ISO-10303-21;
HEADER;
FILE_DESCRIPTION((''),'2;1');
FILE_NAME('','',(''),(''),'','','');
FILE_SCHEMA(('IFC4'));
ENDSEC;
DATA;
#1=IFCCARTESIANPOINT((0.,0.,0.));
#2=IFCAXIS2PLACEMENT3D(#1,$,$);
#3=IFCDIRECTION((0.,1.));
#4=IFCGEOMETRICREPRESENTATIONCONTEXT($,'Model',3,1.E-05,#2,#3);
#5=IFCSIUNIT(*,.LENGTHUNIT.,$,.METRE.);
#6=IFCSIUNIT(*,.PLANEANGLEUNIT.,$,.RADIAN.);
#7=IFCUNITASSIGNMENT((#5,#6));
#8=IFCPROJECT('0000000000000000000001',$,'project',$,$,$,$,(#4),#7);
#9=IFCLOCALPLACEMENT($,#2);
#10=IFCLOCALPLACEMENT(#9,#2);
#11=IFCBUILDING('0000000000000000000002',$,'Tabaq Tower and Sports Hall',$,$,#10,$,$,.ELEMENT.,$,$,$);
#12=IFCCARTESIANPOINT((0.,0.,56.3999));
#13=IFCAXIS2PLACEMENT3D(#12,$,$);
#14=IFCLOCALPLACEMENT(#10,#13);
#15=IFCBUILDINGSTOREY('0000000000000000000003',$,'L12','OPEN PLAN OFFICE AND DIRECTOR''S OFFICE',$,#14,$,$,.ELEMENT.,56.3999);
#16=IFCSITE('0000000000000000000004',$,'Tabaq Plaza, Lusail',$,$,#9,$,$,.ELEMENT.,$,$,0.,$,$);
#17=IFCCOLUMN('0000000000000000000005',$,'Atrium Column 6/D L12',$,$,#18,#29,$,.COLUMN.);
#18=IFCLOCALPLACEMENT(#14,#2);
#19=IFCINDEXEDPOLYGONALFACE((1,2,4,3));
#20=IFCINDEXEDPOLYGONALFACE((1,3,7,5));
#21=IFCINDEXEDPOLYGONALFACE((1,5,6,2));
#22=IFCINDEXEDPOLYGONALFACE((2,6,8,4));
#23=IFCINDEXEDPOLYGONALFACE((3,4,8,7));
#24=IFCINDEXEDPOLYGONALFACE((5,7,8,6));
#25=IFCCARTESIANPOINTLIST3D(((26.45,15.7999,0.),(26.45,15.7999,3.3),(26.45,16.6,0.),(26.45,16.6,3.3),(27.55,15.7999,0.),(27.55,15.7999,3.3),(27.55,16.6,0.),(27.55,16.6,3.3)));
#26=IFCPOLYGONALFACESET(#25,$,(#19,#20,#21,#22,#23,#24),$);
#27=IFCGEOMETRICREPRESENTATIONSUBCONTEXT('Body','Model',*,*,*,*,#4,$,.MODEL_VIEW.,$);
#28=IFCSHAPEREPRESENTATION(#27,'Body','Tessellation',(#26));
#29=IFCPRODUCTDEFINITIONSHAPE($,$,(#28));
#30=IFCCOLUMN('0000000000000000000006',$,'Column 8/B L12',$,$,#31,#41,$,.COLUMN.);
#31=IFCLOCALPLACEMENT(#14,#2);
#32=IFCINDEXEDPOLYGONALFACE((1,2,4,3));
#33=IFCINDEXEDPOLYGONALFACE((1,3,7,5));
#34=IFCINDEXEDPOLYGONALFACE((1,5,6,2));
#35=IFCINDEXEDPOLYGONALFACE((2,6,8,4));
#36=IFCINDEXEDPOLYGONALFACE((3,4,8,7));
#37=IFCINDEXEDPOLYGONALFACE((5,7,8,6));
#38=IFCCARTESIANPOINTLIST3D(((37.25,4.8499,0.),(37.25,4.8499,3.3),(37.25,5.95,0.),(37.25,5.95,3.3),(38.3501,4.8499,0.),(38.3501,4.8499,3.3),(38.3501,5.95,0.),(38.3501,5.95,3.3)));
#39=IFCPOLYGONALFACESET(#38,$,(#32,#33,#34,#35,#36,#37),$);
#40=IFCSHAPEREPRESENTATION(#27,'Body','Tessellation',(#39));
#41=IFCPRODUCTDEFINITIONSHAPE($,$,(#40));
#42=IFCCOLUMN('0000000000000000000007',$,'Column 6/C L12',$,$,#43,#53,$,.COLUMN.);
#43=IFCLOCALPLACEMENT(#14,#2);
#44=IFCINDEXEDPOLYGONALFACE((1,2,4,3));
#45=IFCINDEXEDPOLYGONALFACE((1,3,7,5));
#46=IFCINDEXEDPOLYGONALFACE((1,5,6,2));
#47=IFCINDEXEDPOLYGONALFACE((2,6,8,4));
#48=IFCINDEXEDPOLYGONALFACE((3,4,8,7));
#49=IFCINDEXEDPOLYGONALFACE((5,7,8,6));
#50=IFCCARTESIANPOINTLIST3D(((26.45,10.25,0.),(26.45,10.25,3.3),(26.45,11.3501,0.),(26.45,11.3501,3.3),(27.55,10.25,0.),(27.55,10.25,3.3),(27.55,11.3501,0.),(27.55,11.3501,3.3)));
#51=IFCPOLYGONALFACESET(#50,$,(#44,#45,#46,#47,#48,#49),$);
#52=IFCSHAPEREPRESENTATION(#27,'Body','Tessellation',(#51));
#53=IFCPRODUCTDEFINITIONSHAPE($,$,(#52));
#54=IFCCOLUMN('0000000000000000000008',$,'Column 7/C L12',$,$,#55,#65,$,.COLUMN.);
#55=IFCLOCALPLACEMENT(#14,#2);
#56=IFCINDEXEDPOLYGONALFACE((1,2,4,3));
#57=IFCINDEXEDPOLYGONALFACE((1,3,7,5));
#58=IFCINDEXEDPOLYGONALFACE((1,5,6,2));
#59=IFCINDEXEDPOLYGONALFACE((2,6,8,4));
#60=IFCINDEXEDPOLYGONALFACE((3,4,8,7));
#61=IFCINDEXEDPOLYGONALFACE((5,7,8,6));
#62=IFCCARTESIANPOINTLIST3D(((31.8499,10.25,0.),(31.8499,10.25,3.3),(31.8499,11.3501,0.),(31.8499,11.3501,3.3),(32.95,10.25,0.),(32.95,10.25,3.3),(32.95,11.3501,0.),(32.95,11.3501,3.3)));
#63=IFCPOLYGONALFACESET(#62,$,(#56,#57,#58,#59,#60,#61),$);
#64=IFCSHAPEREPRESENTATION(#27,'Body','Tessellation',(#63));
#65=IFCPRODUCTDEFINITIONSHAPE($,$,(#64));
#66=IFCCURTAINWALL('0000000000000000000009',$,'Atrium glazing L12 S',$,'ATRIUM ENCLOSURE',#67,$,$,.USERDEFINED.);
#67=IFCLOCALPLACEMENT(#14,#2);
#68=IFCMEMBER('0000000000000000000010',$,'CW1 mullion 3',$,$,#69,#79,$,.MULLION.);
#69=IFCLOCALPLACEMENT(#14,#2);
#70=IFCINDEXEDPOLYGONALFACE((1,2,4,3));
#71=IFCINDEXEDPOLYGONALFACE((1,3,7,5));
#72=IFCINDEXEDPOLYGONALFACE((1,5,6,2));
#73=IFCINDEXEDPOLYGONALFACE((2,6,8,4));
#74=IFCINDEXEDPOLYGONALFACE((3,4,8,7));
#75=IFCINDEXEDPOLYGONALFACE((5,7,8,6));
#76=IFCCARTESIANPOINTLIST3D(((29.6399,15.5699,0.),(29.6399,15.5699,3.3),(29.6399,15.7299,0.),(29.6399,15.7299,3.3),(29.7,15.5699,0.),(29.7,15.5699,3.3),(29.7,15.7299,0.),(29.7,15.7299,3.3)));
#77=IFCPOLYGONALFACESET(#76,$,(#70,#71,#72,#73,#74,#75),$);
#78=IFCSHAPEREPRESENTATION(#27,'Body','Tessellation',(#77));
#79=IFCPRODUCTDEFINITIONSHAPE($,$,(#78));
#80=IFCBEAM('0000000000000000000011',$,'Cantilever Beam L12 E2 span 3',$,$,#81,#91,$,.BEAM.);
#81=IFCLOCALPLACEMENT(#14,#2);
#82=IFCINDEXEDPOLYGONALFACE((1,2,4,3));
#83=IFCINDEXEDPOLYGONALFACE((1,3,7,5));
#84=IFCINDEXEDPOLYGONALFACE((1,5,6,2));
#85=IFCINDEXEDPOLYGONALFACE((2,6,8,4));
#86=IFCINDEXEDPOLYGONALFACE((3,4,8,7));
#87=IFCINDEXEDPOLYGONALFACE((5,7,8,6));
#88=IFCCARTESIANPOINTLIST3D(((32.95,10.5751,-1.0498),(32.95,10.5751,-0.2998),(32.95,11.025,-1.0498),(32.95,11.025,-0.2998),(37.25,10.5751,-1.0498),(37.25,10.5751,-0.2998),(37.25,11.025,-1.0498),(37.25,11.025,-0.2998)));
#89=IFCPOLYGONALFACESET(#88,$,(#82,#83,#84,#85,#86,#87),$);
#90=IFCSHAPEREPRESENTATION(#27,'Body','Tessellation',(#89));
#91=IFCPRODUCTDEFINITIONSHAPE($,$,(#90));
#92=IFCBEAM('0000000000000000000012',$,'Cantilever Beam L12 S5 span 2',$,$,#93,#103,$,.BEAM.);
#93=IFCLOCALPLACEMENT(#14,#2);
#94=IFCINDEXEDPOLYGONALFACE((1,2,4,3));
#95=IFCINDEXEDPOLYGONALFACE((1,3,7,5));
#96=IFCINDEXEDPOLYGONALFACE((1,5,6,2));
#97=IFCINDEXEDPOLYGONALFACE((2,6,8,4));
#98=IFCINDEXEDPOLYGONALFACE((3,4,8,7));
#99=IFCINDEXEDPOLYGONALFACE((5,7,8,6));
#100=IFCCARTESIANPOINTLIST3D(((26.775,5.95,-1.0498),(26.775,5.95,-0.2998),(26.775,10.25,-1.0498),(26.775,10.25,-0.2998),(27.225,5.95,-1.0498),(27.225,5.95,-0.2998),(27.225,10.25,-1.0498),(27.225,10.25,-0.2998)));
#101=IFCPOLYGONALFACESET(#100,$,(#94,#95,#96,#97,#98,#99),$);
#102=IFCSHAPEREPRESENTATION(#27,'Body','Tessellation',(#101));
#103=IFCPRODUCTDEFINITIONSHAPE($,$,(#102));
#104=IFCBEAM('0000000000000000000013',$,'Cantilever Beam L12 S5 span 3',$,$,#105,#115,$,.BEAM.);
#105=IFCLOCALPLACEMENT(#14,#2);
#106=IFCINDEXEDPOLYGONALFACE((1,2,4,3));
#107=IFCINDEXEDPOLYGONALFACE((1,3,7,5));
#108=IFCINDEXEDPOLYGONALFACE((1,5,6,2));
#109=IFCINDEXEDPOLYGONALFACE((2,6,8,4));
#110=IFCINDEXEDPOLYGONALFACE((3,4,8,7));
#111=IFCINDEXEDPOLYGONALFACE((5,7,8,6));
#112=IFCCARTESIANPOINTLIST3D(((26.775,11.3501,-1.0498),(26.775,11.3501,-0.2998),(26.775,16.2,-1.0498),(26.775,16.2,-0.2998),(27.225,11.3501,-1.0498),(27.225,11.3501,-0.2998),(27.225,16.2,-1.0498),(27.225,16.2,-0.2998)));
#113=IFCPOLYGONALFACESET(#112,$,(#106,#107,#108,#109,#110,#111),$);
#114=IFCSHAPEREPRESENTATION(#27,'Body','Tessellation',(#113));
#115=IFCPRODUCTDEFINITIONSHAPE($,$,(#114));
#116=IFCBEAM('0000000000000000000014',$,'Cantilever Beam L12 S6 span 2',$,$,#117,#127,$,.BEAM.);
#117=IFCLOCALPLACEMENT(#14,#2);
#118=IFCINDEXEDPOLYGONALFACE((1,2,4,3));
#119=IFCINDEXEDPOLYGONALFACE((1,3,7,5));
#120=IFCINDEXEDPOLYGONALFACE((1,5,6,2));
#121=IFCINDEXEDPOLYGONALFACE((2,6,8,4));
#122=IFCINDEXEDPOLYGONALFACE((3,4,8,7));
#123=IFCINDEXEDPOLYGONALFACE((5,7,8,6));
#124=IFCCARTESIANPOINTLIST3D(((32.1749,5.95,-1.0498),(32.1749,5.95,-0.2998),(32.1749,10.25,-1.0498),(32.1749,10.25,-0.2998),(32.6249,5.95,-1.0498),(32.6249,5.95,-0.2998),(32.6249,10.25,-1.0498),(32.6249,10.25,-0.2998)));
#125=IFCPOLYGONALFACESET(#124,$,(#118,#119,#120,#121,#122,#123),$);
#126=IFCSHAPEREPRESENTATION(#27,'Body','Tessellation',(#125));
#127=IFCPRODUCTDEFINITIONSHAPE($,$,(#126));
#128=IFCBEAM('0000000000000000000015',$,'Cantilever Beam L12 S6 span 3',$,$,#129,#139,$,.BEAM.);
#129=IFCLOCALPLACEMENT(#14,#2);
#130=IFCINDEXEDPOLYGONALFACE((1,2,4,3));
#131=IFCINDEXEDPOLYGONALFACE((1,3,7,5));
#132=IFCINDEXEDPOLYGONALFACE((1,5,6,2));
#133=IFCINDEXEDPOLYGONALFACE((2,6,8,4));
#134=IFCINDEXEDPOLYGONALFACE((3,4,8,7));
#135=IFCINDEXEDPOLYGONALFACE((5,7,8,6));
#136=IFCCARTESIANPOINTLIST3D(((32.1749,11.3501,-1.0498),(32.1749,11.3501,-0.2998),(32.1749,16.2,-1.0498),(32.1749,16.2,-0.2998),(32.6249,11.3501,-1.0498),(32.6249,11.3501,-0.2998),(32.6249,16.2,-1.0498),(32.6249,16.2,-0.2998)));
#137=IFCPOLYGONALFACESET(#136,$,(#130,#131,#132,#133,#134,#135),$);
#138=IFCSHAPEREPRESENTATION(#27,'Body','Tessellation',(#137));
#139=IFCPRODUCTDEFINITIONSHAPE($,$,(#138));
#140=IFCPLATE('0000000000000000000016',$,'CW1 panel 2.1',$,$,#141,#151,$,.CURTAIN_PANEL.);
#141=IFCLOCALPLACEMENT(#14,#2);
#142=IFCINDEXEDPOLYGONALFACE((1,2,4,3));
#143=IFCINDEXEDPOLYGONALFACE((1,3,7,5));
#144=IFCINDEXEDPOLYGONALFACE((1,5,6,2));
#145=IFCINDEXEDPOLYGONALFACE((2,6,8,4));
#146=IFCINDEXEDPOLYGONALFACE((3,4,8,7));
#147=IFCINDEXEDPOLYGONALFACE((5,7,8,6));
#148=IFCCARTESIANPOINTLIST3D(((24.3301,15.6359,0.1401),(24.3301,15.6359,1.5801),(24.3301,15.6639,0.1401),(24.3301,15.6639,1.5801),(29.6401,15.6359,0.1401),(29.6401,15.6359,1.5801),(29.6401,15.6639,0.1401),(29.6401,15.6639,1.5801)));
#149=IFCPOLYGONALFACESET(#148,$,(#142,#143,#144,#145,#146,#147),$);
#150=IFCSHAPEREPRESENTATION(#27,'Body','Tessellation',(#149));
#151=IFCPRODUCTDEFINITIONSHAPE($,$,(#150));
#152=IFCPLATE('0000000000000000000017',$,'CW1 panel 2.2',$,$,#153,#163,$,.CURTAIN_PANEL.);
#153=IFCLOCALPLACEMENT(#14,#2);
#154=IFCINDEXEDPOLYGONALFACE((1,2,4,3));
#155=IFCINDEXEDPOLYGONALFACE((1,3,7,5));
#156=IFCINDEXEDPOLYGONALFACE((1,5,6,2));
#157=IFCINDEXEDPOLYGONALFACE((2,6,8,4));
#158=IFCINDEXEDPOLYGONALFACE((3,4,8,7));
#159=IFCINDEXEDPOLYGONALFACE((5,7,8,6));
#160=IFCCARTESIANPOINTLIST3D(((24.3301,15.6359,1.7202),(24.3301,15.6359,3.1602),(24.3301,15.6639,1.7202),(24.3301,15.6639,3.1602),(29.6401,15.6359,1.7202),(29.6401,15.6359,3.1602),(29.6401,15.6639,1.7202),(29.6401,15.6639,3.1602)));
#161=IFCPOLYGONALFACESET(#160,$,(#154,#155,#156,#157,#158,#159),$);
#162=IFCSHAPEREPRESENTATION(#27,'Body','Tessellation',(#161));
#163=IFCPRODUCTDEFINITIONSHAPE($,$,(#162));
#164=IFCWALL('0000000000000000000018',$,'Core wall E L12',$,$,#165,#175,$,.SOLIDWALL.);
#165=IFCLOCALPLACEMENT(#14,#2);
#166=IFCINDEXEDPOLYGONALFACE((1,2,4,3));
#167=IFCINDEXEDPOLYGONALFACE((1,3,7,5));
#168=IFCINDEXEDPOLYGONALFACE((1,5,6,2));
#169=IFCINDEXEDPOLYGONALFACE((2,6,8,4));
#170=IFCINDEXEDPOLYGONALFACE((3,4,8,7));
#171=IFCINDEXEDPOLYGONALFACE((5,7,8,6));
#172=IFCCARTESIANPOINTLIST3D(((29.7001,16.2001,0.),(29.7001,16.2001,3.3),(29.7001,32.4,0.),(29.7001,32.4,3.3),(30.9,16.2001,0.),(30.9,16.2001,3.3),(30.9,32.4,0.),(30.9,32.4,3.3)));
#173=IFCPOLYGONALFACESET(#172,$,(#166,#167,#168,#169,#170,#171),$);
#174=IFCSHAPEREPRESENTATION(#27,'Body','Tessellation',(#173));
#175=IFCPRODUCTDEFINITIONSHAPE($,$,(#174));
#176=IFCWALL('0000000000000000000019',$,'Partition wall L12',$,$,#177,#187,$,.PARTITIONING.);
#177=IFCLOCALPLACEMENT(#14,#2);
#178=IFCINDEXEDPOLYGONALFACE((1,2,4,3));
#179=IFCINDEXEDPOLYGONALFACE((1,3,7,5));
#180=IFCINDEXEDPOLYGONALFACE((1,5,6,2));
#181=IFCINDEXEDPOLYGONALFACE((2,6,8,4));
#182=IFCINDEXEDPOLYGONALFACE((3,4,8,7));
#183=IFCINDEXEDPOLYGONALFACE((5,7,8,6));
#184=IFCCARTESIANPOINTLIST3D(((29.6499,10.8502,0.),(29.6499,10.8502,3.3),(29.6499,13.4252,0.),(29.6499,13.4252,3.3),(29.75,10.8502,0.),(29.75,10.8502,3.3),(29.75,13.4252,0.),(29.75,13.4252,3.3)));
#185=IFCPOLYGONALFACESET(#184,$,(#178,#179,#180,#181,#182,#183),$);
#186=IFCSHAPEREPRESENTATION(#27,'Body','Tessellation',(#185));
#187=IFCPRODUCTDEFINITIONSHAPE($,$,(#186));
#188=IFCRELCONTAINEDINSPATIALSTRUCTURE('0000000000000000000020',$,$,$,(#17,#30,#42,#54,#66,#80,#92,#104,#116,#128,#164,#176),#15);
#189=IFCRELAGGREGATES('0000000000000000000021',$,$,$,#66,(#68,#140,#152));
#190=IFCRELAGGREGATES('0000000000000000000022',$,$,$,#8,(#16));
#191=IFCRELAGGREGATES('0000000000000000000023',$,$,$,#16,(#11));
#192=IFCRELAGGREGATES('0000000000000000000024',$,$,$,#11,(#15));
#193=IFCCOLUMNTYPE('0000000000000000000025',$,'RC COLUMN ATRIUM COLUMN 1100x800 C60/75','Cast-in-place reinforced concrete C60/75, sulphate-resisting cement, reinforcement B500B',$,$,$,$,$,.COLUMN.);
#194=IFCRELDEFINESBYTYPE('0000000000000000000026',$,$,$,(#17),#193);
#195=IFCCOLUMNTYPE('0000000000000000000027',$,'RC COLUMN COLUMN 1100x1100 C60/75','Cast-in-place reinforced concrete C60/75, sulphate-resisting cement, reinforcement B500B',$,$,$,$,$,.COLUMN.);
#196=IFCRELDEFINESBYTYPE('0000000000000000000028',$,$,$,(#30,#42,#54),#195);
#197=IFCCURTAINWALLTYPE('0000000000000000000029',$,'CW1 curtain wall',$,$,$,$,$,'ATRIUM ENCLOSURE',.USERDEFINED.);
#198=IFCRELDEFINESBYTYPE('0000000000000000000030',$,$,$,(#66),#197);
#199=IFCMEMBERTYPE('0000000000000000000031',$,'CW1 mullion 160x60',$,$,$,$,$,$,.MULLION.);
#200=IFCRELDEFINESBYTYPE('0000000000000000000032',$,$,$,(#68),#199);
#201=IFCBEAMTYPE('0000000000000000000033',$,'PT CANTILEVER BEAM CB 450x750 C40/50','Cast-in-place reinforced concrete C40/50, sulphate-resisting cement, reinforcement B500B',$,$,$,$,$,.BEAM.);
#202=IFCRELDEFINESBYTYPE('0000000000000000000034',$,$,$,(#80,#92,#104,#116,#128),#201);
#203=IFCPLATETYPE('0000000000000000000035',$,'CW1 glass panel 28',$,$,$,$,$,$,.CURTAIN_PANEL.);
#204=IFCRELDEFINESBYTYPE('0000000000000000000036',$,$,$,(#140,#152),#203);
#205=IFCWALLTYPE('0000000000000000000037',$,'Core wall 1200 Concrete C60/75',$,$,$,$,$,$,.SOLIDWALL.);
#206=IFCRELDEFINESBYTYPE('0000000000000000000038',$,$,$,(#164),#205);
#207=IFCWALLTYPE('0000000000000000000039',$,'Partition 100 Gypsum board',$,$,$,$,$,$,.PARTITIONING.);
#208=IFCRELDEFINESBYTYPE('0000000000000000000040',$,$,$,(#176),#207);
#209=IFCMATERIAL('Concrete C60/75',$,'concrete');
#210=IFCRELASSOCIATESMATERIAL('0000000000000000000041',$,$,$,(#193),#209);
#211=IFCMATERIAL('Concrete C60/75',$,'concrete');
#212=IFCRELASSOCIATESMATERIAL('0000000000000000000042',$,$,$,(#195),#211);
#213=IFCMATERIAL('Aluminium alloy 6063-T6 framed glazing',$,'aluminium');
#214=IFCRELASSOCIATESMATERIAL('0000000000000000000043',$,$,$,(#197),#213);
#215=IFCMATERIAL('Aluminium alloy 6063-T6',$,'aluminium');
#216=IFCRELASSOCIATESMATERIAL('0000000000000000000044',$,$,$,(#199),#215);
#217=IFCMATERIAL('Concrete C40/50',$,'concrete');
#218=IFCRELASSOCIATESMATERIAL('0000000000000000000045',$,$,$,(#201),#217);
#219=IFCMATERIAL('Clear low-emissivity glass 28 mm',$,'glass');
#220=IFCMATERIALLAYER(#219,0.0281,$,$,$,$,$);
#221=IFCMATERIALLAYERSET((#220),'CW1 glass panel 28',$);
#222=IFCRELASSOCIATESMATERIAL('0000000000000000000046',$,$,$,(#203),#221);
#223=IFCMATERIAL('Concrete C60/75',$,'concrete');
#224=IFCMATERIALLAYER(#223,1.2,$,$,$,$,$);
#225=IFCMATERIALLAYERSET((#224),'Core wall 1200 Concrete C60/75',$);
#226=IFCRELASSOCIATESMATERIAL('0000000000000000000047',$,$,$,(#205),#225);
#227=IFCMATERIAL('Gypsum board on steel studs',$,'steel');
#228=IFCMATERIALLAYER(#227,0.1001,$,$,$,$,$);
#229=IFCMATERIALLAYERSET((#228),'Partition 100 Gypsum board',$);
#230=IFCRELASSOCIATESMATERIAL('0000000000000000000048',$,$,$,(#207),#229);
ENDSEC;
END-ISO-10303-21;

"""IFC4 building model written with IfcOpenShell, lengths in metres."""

from ifc_helpers import new_model, si_unit, direction, frame, frame_2d, origin, origin_2d, place, context, subcontext, project, spatial, rectangle, extrude, material, layer, layer_set, material_profile, profile_set, type_object, element, aggregate, save


model = new_model("IFC4")

# Units and contexts
model_context = context("Model", 3, precision=1e-05, world=origin(), true_north=direction((0.0, 1.0)))
body_context = subcontext(model_context, "Body", "Model", "MODEL_VIEW")
ifc_project = project(units=[si_unit("LENGTHUNIT", "METRE"), si_unit("PLANEANGLEUNIT", "RADIAN")], contexts=[model_context])

# Site, building, storey
site_placement = place(None, origin())
site = spatial("IfcSite", under=ifc_project, at=site_placement, Name="Tabaq Plaza, Lusail", CompositionType="ELEMENT", RefElevation=0.0)
building_placement = place(site_placement, origin())
building = spatial("IfcBuilding", under=site, at=building_placement, Name="Tabaq Tower and Sports Hall", CompositionType="ELEMENT")
storey_placement = place(building_placement, frame((0.0, 0.0, 56.3999)))
storey = spatial("IfcBuildingStorey", under=building, at=storey_placement, Name="L12", Description="OPEN PLAN OFFICE AND DIRECTOR'S OFFICE", CompositionType="ELEMENT", Elevation=56.3999)

# Columns
ifc_material_1 = material(Name="Concrete C60/75", Category="concrete")
ifc_material_profile_1 = material_profile(ifc_material_1, rectangle(XDim=1.1001, YDim=0.8, at=origin_2d()), Name="ATRIUM COLUMN 1100x800")
ifc_profile_set_1 = profile_set([ifc_material_profile_1], Name="Concrete C60/75")
column_type_1 = type_object("IfcColumnType", Name="RC COLUMN ATRIUM COLUMN 1100x800 C60/75", Description="Cast-in-place reinforced concrete C60/75, sulphate-resisting cement, reinforcement B500B", PredefinedType="COLUMN", material=ifc_profile_set_1)
column_placement = place(storey_placement, frame((27.0, 16.2, 0.0), z_axis=(0.0, 0.0, 1.0), x_axis=(1.0, 0.0, 0.0)))
element("IfcColumn", 1, at=column_placement, inside=storey, type_object=column_type_1, Name="Atrium Column 6/D L12", PredefinedType="COLUMN", context=body_context, shape_type="SweptSolid", body=[
    extrude(rectangle(XDim=1.1001, YDim=0.8, at=origin_2d()), origin(), (0.0, 0.0, 1.0), 3.3),
])
ifc_material_2 = material(Name="Concrete C60/75", Category="concrete")
ifc_material_profile_2 = material_profile(ifc_material_2, rectangle(XDim=1.1001, YDim=1.1001, at=origin_2d()), Name="COLUMN 1100x1100")
ifc_profile_set_2 = profile_set([ifc_material_profile_2], Name="Concrete C60/75")
column_type_2 = type_object("IfcColumnType", Name="RC COLUMN COLUMN 1100x1100 C60/75", Description="Cast-in-place reinforced concrete C60/75, sulphate-resisting cement, reinforcement B500B", PredefinedType="COLUMN", material=ifc_profile_set_2)
for number, where, z_axis, x_axis, name in (
    (2, (37.8, 5.3999, 0.0), (0.0, 0.0, 1.0), (1.0, 0.0, 0.0), "Column 8/B L12"),
    (3, (27.0, 10.8, 0.0), (0.0, 0.0, 1.0), (1.0, 0.0, 0.0), "Column 6/C L12"),
    (4, (32.3999, 10.8, 0.0), (0.0, 0.0, 1.0), (1.0, 0.0, 0.0), "Column 7/C L12"),
):
    element("IfcColumn", number, at=place(storey_placement, frame(where, z_axis=z_axis, x_axis=x_axis)), inside=storey, type_object=column_type_2, Name=name, PredefinedType="COLUMN", context=body_context, shape_type="SweptSolid", body=[
        extrude(rectangle(XDim=1.1001, YDim=1.1001, at=origin_2d()), origin(), (0.0, 0.0, 1.0), 3.3),
    ])

# Curtain wall, member
ifc_material_3 = material(Name="Aluminium alloy 6063-T6 framed glazing", Category="aluminium")
curtain_wall_type = type_object("IfcCurtainWallType", Name="CW1 curtain wall", ElementType="ATRIUM ENCLOSURE", PredefinedType="USERDEFINED", material=ifc_material_3)
curtain_wall_placement = place(storey_placement, origin())
curtain_wall = element("IfcCurtainWall", 5, at=curtain_wall_placement, inside=storey, type_object=curtain_wall_type, Name="Atrium glazing L12 S", ObjectType="ATRIUM ENCLOSURE", PredefinedType="USERDEFINED")
ifc_material_4 = material(Name="Aluminium alloy 6063-T6", Category="aluminium")
ifc_material_profile_3 = material_profile(ifc_material_4, rectangle(XDim=0.1599, YDim=0.0601, at=origin_2d()), Name="MULLION 160x60")
ifc_profile_set_3 = profile_set([ifc_material_profile_3], Name="Aluminium alloy 6063-T6")
member_type = type_object("IfcMemberType", Name="CW1 mullion 160x60", PredefinedType="MULLION", material=ifc_profile_set_3)
member_placement = place(storey_placement, frame((29.6699, 15.6499, 0.0), z_axis=(0.0, 0.0, 1.0), x_axis=(0.0, 1.0, 0.0)))
member = element("IfcMember", 6, at=member_placement, type_object=member_type, Name="CW1 mullion 3", PredefinedType="MULLION", context=body_context, shape_type="SweptSolid", body=[
    extrude(rectangle(XDim=0.1599, YDim=0.0601, at=origin_2d()), origin(), (0.0, 0.0, 1.0), 3.3),
])

# Beams
ifc_material_5 = material(Name="Concrete C40/50", Category="concrete")
ifc_material_profile_4 = material_profile(ifc_material_5, rectangle(XDim=0.45, YDim=0.75, at=origin_2d()), Name="CB 450x750")
ifc_profile_set_4 = profile_set([ifc_material_profile_4], Name="Concrete C40/50")
beam_type = type_object("IfcBeamType", Name="PT CANTILEVER BEAM CB 450x750 C40/50", Description="Cast-in-place reinforced concrete C40/50, sulphate-resisting cement, reinforcement B500B", PredefinedType="BEAM", material=ifc_profile_set_4)
for number, where, z_axis, x_axis, name in (
    (7, (37.25, 10.8, -0.6748), (-1.0, 0.0, 0.0), (0.0, -1.0, 0.0), "Cantilever Beam L12 E2 span 3"),
    (8, (27.0, 5.95, -0.6748), (0.0, 1.0, 0.0), (-1.0, 0.0, 0.0), "Cantilever Beam L12 S5 span 2"),
):
    element("IfcBeam", number, at=place(storey_placement, frame(where, z_axis=z_axis, x_axis=x_axis)), inside=storey, type_object=beam_type, Name=name, PredefinedType="BEAM", context=body_context, shape_type="SweptSolid", body=[
        extrude(rectangle(XDim=0.45, YDim=0.75, at=origin_2d()), origin(), (0.0, 0.0, 1.0), 4.3),
    ])
beam_1_placement = place(storey_placement, frame((27.0, 11.3501, -0.6748), z_axis=(0.0, 1.0, 0.0), x_axis=(-1.0, 0.0, 0.0)))
element("IfcBeam", 9, at=beam_1_placement, inside=storey, type_object=beam_type, Name="Cantilever Beam L12 S5 span 3", PredefinedType="BEAM", context=body_context, shape_type="SweptSolid", body=[
    extrude(rectangle(XDim=0.45, YDim=0.75, at=origin_2d()), origin(), (0.0, 0.0, 1.0), 4.8499),
])
beam_2_placement = place(storey_placement, frame((32.3999, 5.95, -0.6748), z_axis=(0.0, 1.0, 0.0), x_axis=(-1.0, 0.0, 0.0)))
element("IfcBeam", 10, at=beam_2_placement, inside=storey, type_object=beam_type, Name="Cantilever Beam L12 S6 span 2", PredefinedType="BEAM", context=body_context, shape_type="SweptSolid", body=[
    extrude(rectangle(XDim=0.45, YDim=0.75, at=origin_2d()), origin(), (0.0, 0.0, 1.0), 4.3),
])
beam_3_placement = place(storey_placement, frame((32.3999, 11.3501, -0.6748), z_axis=(0.0, 1.0, 0.0), x_axis=(-1.0, 0.0, 0.0)))
element("IfcBeam", 11, at=beam_3_placement, inside=storey, type_object=beam_type, Name="Cantilever Beam L12 S6 span 3", PredefinedType="BEAM", context=body_context, shape_type="SweptSolid", body=[
    extrude(rectangle(XDim=0.45, YDim=0.75, at=origin_2d()), origin(), (0.0, 0.0, 1.0), 4.8499),
])

# Plates
ifc_material_6 = material(Name="Clear low-emissivity glass 28 mm", Category="glass")
ifc_layer_1 = layer(ifc_material_6, 0.0281)
ifc_layer_set_1 = layer_set([ifc_layer_1], Name="CW1 glass panel 28")
plate_type = type_object("IfcPlateType", Name="CW1 glass panel 28", PredefinedType="CURTAIN_PANEL", material=ifc_layer_set_1)
plate_1_placement = place(storey_placement, frame((26.9851, 15.6499, 0.1401), z_axis=(0.0, 0.0, 1.0), x_axis=(1.0, 0.0, 0.0)))
plate_1 = element("IfcPlate", 12, at=plate_1_placement, type_object=plate_type, Name="CW1 panel 2.1", PredefinedType="CURTAIN_PANEL", context=body_context, shape_type="SweptSolid", body=[
    extrude(rectangle(XDim=5.3101, YDim=0.0281, at=origin_2d()), origin(), (0.0, 0.0, 1.0), 1.4399),
])
plate_2_placement = place(storey_placement, frame((26.9851, 15.6499, 1.7202), z_axis=(0.0, 0.0, 1.0), x_axis=(1.0, 0.0, 0.0)))
plate_2 = element("IfcPlate", 13, at=plate_2_placement, type_object=plate_type, Name="CW1 panel 2.2", PredefinedType="CURTAIN_PANEL", context=body_context, shape_type="SweptSolid", body=[
    extrude(rectangle(XDim=5.3101, YDim=0.0281, at=origin_2d()), origin(), (0.0, 0.0, 1.0), 1.4399),
])
aggregate(curtain_wall, [member, plate_1, plate_2])

# Walls
ifc_material_7 = material(Name="Concrete C60/75", Category="concrete")
ifc_layer_2 = layer(ifc_material_7, 1.2)
ifc_layer_set_2 = layer_set([ifc_layer_2], Name="Core wall 1200 Concrete C60/75")
wall_type_1 = type_object("IfcWallType", Name="Core wall 1200 Concrete C60/75", PredefinedType="SOLIDWALL", material=ifc_layer_set_2)
wall_1_placement = place(storey_placement, frame((30.3, 16.2, 0.0), z_axis=(0.0, 0.0, 1.0), x_axis=(0.0, 1.0, 0.0)))
element("IfcWall", 14, at=wall_1_placement, inside=storey, type_object=wall_type_1, Name="Core wall E L12", PredefinedType="SOLIDWALL", context=body_context, shape_type="SweptSolid", body=[
    extrude(rectangle(XDim=16.2, YDim=1.2, at=frame_2d((8.1001, 0.0))), origin(), (0.0, 0.0, 1.0), 3.3),
])
ifc_material_8 = material(Name="Gypsum board on steel studs", Category="steel")
ifc_layer_3 = layer(ifc_material_8, 0.1001)
ifc_layer_set_3 = layer_set([ifc_layer_3], Name="Partition 100 Gypsum board")
wall_type_2 = type_object("IfcWallType", Name="Partition 100 Gypsum board", PredefinedType="PARTITIONING", material=ifc_layer_set_3)
wall_2_placement = place(storey_placement, frame((29.7, 10.8501, 0.0), z_axis=(0.0, 0.0, 1.0), x_axis=(0.0, 1.0, 0.0)))
element("IfcWall", 15, at=wall_2_placement, inside=storey, type_object=wall_type_2, Name="Partition wall L12", PredefinedType="PARTITIONING", context=body_context, shape_type="SweptSolid", body=[
    extrude(rectangle(XDim=2.575, YDim=0.1001, at=frame_2d((1.2876, 0.0))), origin(), (0.0, 0.0, 1.0), 3.3),
])

save(model, "model.ifc")
